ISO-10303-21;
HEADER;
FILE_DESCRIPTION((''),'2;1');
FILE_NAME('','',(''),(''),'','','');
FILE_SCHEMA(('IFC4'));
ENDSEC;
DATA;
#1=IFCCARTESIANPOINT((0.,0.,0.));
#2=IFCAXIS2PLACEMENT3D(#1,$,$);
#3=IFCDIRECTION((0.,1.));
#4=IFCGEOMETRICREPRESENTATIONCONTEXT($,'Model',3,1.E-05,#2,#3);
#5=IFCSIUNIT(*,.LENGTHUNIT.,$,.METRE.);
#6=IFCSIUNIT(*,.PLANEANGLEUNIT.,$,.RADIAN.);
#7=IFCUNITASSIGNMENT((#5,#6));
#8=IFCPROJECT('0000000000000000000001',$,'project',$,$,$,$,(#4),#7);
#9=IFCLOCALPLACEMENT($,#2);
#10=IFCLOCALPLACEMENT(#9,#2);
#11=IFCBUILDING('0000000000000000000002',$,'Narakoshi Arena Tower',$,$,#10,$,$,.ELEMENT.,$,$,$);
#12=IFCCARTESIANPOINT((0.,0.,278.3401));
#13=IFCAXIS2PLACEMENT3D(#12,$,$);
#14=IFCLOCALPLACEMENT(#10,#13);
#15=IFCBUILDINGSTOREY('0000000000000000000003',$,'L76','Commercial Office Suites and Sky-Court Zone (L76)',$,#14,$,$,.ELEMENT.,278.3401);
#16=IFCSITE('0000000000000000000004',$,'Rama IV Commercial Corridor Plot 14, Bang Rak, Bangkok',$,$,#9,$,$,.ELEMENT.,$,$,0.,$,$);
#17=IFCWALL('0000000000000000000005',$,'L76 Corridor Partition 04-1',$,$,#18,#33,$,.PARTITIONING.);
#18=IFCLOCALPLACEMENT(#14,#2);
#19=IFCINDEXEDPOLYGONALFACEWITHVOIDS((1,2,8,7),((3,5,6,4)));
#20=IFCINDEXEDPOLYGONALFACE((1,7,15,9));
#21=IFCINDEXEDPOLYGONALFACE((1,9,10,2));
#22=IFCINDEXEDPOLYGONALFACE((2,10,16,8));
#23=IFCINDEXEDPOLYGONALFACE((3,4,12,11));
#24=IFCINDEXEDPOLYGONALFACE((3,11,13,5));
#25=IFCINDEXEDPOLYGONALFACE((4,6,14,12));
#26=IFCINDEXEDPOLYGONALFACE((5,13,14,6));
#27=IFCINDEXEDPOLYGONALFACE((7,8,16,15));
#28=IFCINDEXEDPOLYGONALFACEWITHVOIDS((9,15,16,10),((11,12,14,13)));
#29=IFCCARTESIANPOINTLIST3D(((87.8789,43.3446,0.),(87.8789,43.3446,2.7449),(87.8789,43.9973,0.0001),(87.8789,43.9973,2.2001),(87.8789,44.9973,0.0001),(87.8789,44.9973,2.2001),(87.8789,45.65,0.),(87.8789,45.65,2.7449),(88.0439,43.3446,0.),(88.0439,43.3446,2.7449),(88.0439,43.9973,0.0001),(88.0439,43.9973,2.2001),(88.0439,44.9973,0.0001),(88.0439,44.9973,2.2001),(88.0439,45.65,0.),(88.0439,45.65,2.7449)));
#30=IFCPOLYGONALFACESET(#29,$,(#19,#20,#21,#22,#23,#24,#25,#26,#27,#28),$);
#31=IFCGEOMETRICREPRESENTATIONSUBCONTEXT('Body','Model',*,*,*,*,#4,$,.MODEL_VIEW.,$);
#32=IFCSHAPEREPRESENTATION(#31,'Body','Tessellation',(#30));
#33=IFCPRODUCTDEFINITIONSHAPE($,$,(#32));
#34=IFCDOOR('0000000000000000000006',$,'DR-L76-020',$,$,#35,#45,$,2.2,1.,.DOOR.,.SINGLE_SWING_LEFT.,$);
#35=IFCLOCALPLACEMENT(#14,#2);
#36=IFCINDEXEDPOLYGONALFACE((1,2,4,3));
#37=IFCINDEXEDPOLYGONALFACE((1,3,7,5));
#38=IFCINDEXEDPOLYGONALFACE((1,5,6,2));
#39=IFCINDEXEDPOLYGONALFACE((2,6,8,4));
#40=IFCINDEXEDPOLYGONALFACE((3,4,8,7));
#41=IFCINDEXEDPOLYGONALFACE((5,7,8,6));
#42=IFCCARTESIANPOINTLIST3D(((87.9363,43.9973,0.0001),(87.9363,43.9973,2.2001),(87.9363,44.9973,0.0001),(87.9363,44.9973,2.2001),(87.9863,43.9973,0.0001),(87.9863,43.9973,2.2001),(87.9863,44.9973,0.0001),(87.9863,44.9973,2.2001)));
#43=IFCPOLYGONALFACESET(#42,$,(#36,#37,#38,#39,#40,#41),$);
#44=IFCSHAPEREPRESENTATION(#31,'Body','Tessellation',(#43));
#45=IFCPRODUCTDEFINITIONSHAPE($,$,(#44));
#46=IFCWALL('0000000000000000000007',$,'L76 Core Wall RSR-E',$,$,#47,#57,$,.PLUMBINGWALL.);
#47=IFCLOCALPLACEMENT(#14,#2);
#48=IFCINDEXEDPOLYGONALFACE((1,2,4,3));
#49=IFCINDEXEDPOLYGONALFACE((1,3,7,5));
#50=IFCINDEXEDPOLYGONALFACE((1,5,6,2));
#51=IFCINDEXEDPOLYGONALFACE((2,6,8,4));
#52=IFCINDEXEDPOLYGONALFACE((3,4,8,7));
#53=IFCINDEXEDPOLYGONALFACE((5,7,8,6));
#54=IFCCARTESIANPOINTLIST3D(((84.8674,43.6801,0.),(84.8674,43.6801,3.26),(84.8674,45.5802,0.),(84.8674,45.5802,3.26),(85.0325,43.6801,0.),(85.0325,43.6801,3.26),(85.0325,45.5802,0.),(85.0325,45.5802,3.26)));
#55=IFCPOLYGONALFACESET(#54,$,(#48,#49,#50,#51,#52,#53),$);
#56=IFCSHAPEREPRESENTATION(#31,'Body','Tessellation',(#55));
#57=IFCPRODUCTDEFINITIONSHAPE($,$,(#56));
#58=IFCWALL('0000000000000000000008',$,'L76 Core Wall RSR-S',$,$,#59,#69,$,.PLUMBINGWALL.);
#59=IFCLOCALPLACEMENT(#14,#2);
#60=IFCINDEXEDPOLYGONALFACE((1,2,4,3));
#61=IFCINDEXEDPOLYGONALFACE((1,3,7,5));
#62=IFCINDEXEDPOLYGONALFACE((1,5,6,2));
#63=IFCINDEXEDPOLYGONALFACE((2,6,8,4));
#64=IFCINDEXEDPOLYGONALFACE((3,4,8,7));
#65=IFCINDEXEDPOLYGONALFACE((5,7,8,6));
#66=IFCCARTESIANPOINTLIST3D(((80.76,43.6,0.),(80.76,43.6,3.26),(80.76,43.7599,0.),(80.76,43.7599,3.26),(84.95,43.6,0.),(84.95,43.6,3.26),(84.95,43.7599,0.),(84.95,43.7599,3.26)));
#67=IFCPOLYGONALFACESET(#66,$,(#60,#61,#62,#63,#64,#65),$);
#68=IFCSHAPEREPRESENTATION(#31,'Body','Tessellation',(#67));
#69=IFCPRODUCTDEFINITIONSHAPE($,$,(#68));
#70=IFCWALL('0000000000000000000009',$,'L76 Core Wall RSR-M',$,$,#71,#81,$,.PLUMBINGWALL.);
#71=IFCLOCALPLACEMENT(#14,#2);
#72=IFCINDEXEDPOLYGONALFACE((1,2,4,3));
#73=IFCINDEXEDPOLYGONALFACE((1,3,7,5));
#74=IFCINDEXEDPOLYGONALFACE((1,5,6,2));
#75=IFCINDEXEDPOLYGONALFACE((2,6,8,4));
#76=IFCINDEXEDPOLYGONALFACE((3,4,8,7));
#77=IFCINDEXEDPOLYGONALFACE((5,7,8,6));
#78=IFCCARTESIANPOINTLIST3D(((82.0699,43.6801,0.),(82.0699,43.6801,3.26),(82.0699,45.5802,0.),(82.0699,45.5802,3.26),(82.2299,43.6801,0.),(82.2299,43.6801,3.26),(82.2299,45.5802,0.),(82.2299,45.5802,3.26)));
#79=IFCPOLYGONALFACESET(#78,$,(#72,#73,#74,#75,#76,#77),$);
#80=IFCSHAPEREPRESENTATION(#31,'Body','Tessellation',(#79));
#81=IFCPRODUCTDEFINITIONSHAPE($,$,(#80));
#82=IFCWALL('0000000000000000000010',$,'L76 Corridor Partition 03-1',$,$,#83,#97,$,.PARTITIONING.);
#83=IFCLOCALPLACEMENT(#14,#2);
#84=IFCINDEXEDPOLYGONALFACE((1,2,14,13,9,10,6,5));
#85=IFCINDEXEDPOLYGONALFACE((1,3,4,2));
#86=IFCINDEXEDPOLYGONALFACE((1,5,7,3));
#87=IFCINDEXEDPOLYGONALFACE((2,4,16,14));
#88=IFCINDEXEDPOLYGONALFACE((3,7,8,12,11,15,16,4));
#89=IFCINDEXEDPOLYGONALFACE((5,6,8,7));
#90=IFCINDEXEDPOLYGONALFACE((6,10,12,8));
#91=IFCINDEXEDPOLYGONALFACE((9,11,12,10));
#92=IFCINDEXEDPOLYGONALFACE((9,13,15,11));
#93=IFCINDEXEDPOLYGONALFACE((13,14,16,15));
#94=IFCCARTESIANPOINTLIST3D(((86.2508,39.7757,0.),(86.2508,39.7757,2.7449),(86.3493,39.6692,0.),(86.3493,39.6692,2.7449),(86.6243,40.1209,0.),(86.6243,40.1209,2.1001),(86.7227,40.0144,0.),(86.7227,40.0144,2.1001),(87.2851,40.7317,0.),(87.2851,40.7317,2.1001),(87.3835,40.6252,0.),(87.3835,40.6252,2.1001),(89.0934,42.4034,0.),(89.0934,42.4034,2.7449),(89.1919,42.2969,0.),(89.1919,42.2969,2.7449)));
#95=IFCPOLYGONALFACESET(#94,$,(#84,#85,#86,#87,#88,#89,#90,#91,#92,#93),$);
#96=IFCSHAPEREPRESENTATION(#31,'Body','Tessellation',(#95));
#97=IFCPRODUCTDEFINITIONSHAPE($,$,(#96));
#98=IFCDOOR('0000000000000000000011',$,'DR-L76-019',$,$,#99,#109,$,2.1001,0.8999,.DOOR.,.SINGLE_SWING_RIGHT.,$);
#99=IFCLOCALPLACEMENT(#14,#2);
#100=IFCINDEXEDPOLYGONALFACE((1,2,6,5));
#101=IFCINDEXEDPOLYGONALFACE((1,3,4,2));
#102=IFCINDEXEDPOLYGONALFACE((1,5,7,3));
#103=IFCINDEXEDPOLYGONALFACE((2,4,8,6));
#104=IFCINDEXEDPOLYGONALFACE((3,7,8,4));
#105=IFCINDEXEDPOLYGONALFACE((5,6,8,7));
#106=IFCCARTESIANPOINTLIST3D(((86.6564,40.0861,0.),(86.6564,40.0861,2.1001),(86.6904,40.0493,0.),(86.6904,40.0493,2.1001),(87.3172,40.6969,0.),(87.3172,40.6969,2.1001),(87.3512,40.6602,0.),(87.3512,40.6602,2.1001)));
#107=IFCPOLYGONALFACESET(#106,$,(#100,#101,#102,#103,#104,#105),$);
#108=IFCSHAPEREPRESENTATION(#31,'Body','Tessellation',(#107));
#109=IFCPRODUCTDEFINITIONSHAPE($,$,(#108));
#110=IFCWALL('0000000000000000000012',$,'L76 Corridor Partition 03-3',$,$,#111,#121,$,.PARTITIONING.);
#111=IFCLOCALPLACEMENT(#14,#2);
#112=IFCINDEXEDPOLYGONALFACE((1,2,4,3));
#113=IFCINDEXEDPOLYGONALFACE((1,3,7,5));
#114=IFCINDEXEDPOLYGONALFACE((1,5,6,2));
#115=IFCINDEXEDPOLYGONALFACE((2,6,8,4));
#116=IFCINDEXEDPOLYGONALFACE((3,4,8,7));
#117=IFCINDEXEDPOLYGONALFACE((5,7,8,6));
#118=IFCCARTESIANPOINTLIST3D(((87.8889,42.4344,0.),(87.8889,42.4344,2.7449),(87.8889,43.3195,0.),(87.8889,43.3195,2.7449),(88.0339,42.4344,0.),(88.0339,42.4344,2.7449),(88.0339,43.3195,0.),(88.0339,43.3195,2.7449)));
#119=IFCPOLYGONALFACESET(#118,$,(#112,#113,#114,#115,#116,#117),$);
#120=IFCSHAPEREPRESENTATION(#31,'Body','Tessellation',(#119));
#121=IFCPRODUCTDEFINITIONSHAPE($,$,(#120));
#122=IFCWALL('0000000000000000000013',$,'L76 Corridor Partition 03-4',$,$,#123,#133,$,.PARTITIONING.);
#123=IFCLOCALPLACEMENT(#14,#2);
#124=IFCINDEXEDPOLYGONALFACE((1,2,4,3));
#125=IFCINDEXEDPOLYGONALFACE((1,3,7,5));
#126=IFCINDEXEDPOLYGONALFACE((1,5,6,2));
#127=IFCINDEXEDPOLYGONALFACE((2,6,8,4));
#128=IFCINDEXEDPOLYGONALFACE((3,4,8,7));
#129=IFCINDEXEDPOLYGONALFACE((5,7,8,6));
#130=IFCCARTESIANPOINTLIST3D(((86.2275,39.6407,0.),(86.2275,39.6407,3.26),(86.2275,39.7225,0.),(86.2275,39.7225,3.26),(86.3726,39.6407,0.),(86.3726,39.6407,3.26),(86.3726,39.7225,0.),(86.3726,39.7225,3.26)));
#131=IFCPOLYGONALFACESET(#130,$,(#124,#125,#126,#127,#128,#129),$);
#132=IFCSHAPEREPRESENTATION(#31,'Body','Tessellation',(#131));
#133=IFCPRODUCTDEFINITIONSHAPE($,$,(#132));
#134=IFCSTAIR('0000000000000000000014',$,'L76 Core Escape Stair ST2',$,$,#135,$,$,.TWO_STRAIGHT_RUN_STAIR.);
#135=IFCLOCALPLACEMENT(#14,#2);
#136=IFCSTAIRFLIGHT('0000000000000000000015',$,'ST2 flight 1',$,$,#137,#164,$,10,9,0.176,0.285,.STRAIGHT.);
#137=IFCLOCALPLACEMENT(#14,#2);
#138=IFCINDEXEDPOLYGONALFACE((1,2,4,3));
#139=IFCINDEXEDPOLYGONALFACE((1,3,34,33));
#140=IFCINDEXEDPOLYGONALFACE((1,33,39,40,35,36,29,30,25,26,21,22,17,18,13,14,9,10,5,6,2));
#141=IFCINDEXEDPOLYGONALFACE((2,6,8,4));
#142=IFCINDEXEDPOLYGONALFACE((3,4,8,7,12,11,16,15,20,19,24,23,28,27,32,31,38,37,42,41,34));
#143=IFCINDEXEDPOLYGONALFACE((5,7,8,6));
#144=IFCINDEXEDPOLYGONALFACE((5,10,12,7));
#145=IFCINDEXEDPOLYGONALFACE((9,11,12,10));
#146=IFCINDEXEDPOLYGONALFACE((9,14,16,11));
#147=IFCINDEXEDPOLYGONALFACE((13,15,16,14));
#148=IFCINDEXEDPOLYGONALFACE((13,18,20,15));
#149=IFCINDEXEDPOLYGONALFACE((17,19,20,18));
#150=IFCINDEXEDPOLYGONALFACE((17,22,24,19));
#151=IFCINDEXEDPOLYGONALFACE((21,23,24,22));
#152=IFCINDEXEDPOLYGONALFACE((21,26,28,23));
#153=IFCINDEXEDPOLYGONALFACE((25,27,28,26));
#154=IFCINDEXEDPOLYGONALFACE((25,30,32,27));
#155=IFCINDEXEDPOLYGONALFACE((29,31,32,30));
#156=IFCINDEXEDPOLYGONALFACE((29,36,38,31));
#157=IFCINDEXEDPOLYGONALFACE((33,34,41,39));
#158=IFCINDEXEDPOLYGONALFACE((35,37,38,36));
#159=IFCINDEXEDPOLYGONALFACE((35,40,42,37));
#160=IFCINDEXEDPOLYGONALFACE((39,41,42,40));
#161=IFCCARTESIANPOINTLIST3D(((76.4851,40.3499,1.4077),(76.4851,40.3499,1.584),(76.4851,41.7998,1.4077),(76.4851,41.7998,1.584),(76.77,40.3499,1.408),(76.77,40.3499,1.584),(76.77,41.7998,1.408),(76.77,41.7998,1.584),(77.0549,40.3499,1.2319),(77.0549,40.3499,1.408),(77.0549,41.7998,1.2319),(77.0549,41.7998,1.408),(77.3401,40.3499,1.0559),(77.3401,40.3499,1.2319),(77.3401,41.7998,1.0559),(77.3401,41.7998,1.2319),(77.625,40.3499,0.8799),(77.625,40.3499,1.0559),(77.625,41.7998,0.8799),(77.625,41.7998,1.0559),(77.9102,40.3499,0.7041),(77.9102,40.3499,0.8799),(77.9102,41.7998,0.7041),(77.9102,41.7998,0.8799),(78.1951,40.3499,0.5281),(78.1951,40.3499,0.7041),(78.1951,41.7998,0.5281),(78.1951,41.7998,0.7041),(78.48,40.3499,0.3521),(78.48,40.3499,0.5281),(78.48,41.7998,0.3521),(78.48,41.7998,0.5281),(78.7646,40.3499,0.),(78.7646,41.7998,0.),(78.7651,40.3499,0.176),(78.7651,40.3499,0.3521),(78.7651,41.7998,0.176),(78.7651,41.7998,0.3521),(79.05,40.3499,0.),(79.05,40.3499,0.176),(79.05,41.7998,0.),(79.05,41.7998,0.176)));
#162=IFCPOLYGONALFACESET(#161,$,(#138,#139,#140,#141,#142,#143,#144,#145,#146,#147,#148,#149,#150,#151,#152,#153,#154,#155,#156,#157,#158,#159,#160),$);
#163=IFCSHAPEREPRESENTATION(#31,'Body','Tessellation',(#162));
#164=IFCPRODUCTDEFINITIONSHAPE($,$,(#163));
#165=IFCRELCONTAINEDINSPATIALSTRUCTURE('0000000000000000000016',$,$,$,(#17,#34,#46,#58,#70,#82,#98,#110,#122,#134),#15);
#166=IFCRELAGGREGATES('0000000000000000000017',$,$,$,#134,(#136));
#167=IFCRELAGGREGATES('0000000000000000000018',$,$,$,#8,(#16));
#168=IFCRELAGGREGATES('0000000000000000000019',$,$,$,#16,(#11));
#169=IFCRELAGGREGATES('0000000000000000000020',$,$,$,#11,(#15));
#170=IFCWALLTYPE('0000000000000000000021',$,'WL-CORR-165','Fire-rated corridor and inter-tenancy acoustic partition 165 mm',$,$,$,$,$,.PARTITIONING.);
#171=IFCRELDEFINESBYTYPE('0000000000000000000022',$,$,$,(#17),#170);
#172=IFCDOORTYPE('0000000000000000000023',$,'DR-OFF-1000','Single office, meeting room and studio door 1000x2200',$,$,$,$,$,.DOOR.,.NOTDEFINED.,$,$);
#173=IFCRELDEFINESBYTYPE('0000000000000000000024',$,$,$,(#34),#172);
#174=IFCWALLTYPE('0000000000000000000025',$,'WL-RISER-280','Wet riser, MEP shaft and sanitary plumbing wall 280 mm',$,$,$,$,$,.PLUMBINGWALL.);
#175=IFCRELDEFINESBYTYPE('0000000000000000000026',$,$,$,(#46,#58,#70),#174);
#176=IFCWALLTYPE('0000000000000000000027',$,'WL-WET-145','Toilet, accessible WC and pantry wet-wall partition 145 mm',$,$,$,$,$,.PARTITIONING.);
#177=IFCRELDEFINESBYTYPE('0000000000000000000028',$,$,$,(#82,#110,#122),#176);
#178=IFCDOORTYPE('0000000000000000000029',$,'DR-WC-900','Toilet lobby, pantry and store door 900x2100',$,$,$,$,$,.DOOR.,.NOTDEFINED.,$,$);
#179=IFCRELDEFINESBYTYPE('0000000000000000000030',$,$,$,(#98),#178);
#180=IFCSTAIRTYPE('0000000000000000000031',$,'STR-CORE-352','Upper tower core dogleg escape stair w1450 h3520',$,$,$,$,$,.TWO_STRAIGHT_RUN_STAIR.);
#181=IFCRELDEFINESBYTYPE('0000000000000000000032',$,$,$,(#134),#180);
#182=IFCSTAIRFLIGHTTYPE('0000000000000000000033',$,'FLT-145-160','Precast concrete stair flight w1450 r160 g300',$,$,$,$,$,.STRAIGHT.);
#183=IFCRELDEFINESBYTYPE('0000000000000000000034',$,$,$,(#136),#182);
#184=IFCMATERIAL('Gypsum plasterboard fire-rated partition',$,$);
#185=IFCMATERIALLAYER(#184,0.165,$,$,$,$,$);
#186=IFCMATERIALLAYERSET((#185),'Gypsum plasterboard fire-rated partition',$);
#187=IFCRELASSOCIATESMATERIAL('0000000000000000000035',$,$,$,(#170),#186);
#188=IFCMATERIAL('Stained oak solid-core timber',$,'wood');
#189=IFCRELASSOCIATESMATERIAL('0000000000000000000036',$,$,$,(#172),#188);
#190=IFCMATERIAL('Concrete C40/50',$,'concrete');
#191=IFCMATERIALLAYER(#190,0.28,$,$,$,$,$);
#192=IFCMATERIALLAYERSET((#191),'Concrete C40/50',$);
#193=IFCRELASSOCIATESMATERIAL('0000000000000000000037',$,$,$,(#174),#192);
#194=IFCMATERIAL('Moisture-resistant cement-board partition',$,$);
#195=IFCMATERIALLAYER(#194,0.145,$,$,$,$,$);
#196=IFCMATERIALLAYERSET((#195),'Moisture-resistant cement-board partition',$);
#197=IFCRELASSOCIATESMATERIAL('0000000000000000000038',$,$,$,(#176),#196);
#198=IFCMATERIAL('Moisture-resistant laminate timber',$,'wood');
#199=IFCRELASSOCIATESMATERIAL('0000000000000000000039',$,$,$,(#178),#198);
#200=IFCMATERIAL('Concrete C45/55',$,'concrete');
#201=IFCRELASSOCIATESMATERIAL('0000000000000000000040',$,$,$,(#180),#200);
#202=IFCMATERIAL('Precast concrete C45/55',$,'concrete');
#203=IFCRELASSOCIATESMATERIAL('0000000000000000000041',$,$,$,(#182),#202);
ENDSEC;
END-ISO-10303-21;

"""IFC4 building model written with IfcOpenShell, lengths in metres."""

from ifc_helpers import new_model, si_unit, direction, frame, frame_2d, origin, place, context, subcontext, project, spatial, polyline, rectangle, outline, extrude, material, layer, layer_set, type_object, element, fill, aggregate, save


model = new_model("IFC4")

# Units and contexts
model_context = context("Model", 3, precision=1e-05, world=origin(), true_north=direction((0.0, 1.0)))
body_context = subcontext(model_context, "Body", "Model", "MODEL_VIEW")
ifc_project = project(units=[si_unit("LENGTHUNIT", "METRE"), si_unit("PLANEANGLEUNIT", "RADIAN")], contexts=[model_context])

# Site, building, storey
site_placement = place(None, origin())
site = spatial("IfcSite", under=ifc_project, at=site_placement, Name="Rama IV Commercial Corridor Plot 14, Bang Rak, Bangkok", CompositionType="ELEMENT", RefElevation=0.0)
building_placement = place(site_placement, origin())
building = spatial("IfcBuilding", under=site, at=building_placement, Name="Narakoshi Arena Tower", CompositionType="ELEMENT")
storey_placement = place(building_placement, frame((0.0, 0.0, 278.3401)))
storey = spatial("IfcBuildingStorey", under=building, at=storey_placement, Name="L76", Description="Commercial Office Suites and Sky-Court Zone (L76)", CompositionType="ELEMENT", Elevation=278.3401)

# Wall, opening, door
ifc_material_1 = material(Name="Gypsum plasterboard fire-rated partition")
ifc_layer_1 = layer(ifc_material_1, 0.165)
ifc_layer_set_1 = layer_set([ifc_layer_1], Name="Gypsum plasterboard fire-rated partition")
wall_type_1 = type_object("IfcWallType", Name="WL-CORR-165", Description="Fire-rated corridor and inter-tenancy acoustic partition 165 mm", PredefinedType="PARTITIONING", material=ifc_layer_set_1)
wall_1_placement = place(storey_placement, frame((87.9614, 43.3445, 0.0), z_axis=(0.0, 0.0, 1.0), x_axis=(0.0, 1.0, 0.0)))
wall_1 = element("IfcWall", 1, at=wall_1_placement, inside=storey, type_object=wall_type_1, Name="L76 Corridor Partition 04-1", PredefinedType="PARTITIONING", context=body_context, shape_type="SweptSolid", body=[
    extrude(rectangle(XDim=2.3054, YDim=0.165, at=frame_2d((1.1528, 0.0))), origin(), (0.0, 0.0, 1.0), 2.7449),
])
opening_1_placement = place(wall_1_placement, frame((0.6528, 0.0, 0.0)))
opening_1 = element("IfcOpeningElement", 2, at=opening_1_placement, cuts=wall_1, PredefinedType="OPENING", context=body_context, shape_type="SweptSolid", body=[
    extrude(rectangle(XDim=1.0, YDim=2.2, at=frame_2d((0.5, 1.1001))), frame((0.0, 0.0925, 0.0), z_axis=(0.0, -1.0, 0.0), x_axis=(1.0, 0.0, 0.0)), (0.0, 0.0, 1.0), 0.1851),
])
ifc_material_2 = material(Name="Stained oak solid-core timber", Category="wood")
door_type_1 = type_object("IfcDoorType", Name="DR-OFF-1000", Description="Single office, meeting room and studio door 1000x2200", OperationType="NOTDEFINED", PredefinedType="DOOR", material=ifc_material_2)
door_1_placement = place(opening_1_placement, frame((1.0, 0.0, 0.0), z_axis=(0.0, 0.0, 1.0), x_axis=(-1.0, 0.0, 0.0)))
door_1 = element("IfcDoor", 3, at=door_1_placement, inside=storey, type_object=door_type_1, Name="DR-L76-020", OperationType="SINGLE_SWING_LEFT", OverallHeight=2.2, OverallWidth=1.0, PredefinedType="DOOR", context=body_context, shape_type="SweptSolid", body=[
    extrude(rectangle(XDim=1.0, YDim=2.2, at=frame_2d((0.5, 1.1001))), frame((0.0, 0.0249, 0.0), z_axis=(0.0, -1.0, 0.0), x_axis=(1.0, 0.0, 0.0)), (0.0, 0.0, 1.0), 0.05),
])
fill(opening_1, door_1)

# Walls
ifc_material_3 = material(Name="Concrete C40/50", Category="concrete")
ifc_layer_2 = layer(ifc_material_3, 0.28)
ifc_layer_set_2 = layer_set([ifc_layer_2], Name="Concrete C40/50")
wall_type_2 = type_object("IfcWallType", Name="WL-RISER-280", Description="Wet riser, MEP shaft and sanitary plumbing wall 280 mm", PredefinedType="PLUMBINGWALL", material=ifc_layer_set_2)
wall_2_placement = place(storey_placement, frame((84.95, 43.6799, 0.0), z_axis=(0.0, 0.0, 1.0), x_axis=(0.0, 1.0, 0.0)))
element("IfcWall", 4, at=wall_2_placement, inside=storey, type_object=wall_type_2, Name="L76 Core Wall RSR-E", PredefinedType="PLUMBINGWALL", context=body_context, shape_type="SweptSolid", body=[
    extrude(rectangle(XDim=1.9001, YDim=0.165, at=frame_2d((0.9502, 0.0))), origin(), (0.0, 0.0, 1.0), 3.26),
])
wall_3_placement = place(storey_placement, frame((80.76, 43.6799, 0.0), z_axis=(0.0, 0.0, 1.0), x_axis=(1.0, 0.0, 0.0)))
element("IfcWall", 5, at=wall_3_placement, inside=storey, type_object=wall_type_2, Name="L76 Core Wall RSR-S", PredefinedType="PLUMBINGWALL", context=body_context, shape_type="SweptSolid", body=[
    extrude(rectangle(XDim=4.1899, YDim=0.1599, at=frame_2d((2.095, 0.0))), origin(), (0.0, 0.0, 1.0), 3.26),
])
wall_4_placement = place(storey_placement, frame((82.1499, 43.6799, 0.0), z_axis=(0.0, 0.0, 1.0), x_axis=(0.0, 1.0, 0.0)))
element("IfcWall", 6, at=wall_4_placement, inside=storey, type_object=wall_type_2, Name="L76 Core Wall RSR-M", PredefinedType="PLUMBINGWALL", context=body_context, shape_type="SweptSolid", body=[
    extrude(rectangle(XDim=1.9001, YDim=0.1599, at=frame_2d((0.9502, 0.0))), origin(), (0.0, 0.0, 1.0), 3.26),
])

# Wall, opening, door
ifc_material_4 = material(Name="Moisture-resistant cement-board partition")
ifc_layer_3 = layer(ifc_material_4, 0.145)
ifc_layer_set_3 = layer_set([ifc_layer_3], Name="Moisture-resistant cement-board partition")
wall_type_3 = type_object("IfcWallType", Name="WL-WET-145", Description="Toilet, accessible WC and pantry wet-wall partition 145 mm", PredefinedType="PARTITIONING", material=ifc_layer_set_3)
wall_5_placement = place(storey_placement, frame((86.3, 39.7224, 0.0), z_axis=(0.0, 0.0, 1.0), x_axis=(0.734312, 0.678812, 0.0)))
wall_5 = element("IfcWall", 7, at=wall_5_placement, inside=storey, type_object=wall_type_3, Name="L76 Corridor Partition 03-1", PredefinedType="PARTITIONING", context=body_context, shape_type="SweptSolid", body=[
    extrude(rectangle(XDim=3.8711, YDim=0.145, at=frame_2d((1.9355, 0.0))), origin(), (0.0, 0.0, 1.0), 2.7449),
])
opening_2_placement = place(wall_5_placement, frame((0.5085, 0.0, 0.0)))
opening_2 = element("IfcOpeningElement", 8, at=opening_2_placement, cuts=wall_5, PredefinedType="OPENING", context=body_context, shape_type="SweptSolid", body=[
    extrude(rectangle(XDim=0.8999, YDim=2.1001, at=frame_2d((0.45, 1.05))), frame((0.0, 0.0825, 0.0), z_axis=(0.0, -1.0, 0.0), x_axis=(1.0, 0.0, 0.0)), (0.0, 0.0, 1.0), 0.165),
])
ifc_material_5 = material(Name="Moisture-resistant laminate timber", Category="wood")
door_type_2 = type_object("IfcDoorType", Name="DR-WC-900", Description="Toilet lobby, pantry and store door 900x2100", OperationType="NOTDEFINED", PredefinedType="DOOR", material=ifc_material_5)
door_2_placement = place(opening_2_placement, frame((0.8999, 0.0, 0.0), z_axis=(0.0, 0.0, 1.0), x_axis=(-1.0, 0.0, 0.0)))
door_2 = element("IfcDoor", 9, at=door_2_placement, inside=storey, type_object=door_type_2, Name="DR-L76-019", OperationType="SINGLE_SWING_RIGHT", OverallHeight=2.1001, OverallWidth=0.8999, PredefinedType="DOOR", context=body_context, shape_type="SweptSolid", body=[
    extrude(rectangle(XDim=0.8999, YDim=2.1001, at=frame_2d((0.45, 1.05))), frame((0.0, 0.0249, 0.0), z_axis=(0.0, -1.0, 0.0), x_axis=(1.0, 0.0, 0.0)), (0.0, 0.0, 1.0), 0.05),
])
fill(opening_2, door_2)

# Walls
wall_6_placement = place(storey_placement, frame((87.9614, 42.4346, 0.0), z_axis=(0.0, 0.0, 1.0), x_axis=(0.0, 1.0, 0.0)))
element("IfcWall", 10, at=wall_6_placement, inside=storey, type_object=wall_type_3, Name="L76 Corridor Partition 03-3", PredefinedType="PARTITIONING", context=body_context, shape_type="SweptSolid", body=[
    extrude(rectangle(XDim=0.885, YDim=0.145, at=frame_2d((0.4424, 0.0))), origin(), (0.0, 0.0, 1.0), 2.7449),
])
wall_7_placement = place(storey_placement, frame((86.3, 39.6406, 0.0), z_axis=(0.0, 0.0, 1.0), x_axis=(0.0, 1.0, 0.0)))
element("IfcWall", 11, at=wall_7_placement, inside=storey, type_object=wall_type_3, Name="L76 Corridor Partition 03-4", PredefinedType="PARTITIONING", context=body_context, shape_type="SweptSolid", body=[
    extrude(rectangle(XDim=0.0818, YDim=0.145, at=frame_2d((0.041, 0.0))), origin(), (0.0, 0.0, 1.0), 3.26),
])

# Stair, stair flight
ifc_material_6 = material(Name="Concrete C45/55", Category="concrete")
stair_type = type_object("IfcStairType", Name="STR-CORE-352", Description="Upper tower core dogleg escape stair w1450 h3520", PredefinedType="TWO_STRAIGHT_RUN_STAIR", material=ifc_material_6)
stair_placement = place(storey_placement, origin())
stair = element("IfcStair", 12, at=stair_placement, inside=storey, type_object=stair_type, Name="L76 Core Escape Stair ST2", PredefinedType="TWO_STRAIGHT_RUN_STAIR")
ifc_material_7 = material(Name="Precast concrete C45/55", Category="concrete")
stair_flight_type = type_object("IfcStairFlightType", Name="FLT-145-160", Description="Precast concrete stair flight w1450 r160 g300", PredefinedType="STRAIGHT", material=ifc_material_7)
stair_flight_placement = place(storey_placement, frame((79.05, 41.075, 0.0), z_axis=(0.0, 0.0, 1.0), x_axis=(-1.0, 0.0, 0.0)))
stair_flight = element("IfcStairFlight", 13, at=stair_flight_placement, type_object=stair_flight_type, Name="ST2 flight 1", NumberOfRisers=10, NumberOfTreads=9, PredefinedType="STRAIGHT", RiserHeight=0.176, TreadLength=0.285, context=body_context, shape_type="SweptSolid", body=[
    extrude(outline(polyline([(0.0, 0.0), (0.0, 0.176), (0.2849, 0.176), (0.2849, 0.3521), (0.5701, 0.3521), (0.5701, 0.5281), (0.855, 0.5281), (0.855, 0.7041), (1.1399, 0.7041), (1.1399, 0.8799), (1.425, 0.8799), (1.425, 1.0559), (1.71, 1.0559), (1.71, 1.2319), (1.9951, 1.2319), (1.9951, 1.408), (2.28, 1.408), (2.28, 1.584), (2.5649, 1.584), (2.5649, 1.76), (2.5649, 1.4077), (0.2854, 0.0), (0.0, 0.0)])), frame((0.0, 0.7251, 0.0), z_axis=(0.0, -1.0, 0.0), x_axis=(1.0, 0.0, 0.0)), (0.0, 0.0, 1.0), 1.45),
])
aggregate(stair, [stair_flight])

save(model, "model.ifc")
